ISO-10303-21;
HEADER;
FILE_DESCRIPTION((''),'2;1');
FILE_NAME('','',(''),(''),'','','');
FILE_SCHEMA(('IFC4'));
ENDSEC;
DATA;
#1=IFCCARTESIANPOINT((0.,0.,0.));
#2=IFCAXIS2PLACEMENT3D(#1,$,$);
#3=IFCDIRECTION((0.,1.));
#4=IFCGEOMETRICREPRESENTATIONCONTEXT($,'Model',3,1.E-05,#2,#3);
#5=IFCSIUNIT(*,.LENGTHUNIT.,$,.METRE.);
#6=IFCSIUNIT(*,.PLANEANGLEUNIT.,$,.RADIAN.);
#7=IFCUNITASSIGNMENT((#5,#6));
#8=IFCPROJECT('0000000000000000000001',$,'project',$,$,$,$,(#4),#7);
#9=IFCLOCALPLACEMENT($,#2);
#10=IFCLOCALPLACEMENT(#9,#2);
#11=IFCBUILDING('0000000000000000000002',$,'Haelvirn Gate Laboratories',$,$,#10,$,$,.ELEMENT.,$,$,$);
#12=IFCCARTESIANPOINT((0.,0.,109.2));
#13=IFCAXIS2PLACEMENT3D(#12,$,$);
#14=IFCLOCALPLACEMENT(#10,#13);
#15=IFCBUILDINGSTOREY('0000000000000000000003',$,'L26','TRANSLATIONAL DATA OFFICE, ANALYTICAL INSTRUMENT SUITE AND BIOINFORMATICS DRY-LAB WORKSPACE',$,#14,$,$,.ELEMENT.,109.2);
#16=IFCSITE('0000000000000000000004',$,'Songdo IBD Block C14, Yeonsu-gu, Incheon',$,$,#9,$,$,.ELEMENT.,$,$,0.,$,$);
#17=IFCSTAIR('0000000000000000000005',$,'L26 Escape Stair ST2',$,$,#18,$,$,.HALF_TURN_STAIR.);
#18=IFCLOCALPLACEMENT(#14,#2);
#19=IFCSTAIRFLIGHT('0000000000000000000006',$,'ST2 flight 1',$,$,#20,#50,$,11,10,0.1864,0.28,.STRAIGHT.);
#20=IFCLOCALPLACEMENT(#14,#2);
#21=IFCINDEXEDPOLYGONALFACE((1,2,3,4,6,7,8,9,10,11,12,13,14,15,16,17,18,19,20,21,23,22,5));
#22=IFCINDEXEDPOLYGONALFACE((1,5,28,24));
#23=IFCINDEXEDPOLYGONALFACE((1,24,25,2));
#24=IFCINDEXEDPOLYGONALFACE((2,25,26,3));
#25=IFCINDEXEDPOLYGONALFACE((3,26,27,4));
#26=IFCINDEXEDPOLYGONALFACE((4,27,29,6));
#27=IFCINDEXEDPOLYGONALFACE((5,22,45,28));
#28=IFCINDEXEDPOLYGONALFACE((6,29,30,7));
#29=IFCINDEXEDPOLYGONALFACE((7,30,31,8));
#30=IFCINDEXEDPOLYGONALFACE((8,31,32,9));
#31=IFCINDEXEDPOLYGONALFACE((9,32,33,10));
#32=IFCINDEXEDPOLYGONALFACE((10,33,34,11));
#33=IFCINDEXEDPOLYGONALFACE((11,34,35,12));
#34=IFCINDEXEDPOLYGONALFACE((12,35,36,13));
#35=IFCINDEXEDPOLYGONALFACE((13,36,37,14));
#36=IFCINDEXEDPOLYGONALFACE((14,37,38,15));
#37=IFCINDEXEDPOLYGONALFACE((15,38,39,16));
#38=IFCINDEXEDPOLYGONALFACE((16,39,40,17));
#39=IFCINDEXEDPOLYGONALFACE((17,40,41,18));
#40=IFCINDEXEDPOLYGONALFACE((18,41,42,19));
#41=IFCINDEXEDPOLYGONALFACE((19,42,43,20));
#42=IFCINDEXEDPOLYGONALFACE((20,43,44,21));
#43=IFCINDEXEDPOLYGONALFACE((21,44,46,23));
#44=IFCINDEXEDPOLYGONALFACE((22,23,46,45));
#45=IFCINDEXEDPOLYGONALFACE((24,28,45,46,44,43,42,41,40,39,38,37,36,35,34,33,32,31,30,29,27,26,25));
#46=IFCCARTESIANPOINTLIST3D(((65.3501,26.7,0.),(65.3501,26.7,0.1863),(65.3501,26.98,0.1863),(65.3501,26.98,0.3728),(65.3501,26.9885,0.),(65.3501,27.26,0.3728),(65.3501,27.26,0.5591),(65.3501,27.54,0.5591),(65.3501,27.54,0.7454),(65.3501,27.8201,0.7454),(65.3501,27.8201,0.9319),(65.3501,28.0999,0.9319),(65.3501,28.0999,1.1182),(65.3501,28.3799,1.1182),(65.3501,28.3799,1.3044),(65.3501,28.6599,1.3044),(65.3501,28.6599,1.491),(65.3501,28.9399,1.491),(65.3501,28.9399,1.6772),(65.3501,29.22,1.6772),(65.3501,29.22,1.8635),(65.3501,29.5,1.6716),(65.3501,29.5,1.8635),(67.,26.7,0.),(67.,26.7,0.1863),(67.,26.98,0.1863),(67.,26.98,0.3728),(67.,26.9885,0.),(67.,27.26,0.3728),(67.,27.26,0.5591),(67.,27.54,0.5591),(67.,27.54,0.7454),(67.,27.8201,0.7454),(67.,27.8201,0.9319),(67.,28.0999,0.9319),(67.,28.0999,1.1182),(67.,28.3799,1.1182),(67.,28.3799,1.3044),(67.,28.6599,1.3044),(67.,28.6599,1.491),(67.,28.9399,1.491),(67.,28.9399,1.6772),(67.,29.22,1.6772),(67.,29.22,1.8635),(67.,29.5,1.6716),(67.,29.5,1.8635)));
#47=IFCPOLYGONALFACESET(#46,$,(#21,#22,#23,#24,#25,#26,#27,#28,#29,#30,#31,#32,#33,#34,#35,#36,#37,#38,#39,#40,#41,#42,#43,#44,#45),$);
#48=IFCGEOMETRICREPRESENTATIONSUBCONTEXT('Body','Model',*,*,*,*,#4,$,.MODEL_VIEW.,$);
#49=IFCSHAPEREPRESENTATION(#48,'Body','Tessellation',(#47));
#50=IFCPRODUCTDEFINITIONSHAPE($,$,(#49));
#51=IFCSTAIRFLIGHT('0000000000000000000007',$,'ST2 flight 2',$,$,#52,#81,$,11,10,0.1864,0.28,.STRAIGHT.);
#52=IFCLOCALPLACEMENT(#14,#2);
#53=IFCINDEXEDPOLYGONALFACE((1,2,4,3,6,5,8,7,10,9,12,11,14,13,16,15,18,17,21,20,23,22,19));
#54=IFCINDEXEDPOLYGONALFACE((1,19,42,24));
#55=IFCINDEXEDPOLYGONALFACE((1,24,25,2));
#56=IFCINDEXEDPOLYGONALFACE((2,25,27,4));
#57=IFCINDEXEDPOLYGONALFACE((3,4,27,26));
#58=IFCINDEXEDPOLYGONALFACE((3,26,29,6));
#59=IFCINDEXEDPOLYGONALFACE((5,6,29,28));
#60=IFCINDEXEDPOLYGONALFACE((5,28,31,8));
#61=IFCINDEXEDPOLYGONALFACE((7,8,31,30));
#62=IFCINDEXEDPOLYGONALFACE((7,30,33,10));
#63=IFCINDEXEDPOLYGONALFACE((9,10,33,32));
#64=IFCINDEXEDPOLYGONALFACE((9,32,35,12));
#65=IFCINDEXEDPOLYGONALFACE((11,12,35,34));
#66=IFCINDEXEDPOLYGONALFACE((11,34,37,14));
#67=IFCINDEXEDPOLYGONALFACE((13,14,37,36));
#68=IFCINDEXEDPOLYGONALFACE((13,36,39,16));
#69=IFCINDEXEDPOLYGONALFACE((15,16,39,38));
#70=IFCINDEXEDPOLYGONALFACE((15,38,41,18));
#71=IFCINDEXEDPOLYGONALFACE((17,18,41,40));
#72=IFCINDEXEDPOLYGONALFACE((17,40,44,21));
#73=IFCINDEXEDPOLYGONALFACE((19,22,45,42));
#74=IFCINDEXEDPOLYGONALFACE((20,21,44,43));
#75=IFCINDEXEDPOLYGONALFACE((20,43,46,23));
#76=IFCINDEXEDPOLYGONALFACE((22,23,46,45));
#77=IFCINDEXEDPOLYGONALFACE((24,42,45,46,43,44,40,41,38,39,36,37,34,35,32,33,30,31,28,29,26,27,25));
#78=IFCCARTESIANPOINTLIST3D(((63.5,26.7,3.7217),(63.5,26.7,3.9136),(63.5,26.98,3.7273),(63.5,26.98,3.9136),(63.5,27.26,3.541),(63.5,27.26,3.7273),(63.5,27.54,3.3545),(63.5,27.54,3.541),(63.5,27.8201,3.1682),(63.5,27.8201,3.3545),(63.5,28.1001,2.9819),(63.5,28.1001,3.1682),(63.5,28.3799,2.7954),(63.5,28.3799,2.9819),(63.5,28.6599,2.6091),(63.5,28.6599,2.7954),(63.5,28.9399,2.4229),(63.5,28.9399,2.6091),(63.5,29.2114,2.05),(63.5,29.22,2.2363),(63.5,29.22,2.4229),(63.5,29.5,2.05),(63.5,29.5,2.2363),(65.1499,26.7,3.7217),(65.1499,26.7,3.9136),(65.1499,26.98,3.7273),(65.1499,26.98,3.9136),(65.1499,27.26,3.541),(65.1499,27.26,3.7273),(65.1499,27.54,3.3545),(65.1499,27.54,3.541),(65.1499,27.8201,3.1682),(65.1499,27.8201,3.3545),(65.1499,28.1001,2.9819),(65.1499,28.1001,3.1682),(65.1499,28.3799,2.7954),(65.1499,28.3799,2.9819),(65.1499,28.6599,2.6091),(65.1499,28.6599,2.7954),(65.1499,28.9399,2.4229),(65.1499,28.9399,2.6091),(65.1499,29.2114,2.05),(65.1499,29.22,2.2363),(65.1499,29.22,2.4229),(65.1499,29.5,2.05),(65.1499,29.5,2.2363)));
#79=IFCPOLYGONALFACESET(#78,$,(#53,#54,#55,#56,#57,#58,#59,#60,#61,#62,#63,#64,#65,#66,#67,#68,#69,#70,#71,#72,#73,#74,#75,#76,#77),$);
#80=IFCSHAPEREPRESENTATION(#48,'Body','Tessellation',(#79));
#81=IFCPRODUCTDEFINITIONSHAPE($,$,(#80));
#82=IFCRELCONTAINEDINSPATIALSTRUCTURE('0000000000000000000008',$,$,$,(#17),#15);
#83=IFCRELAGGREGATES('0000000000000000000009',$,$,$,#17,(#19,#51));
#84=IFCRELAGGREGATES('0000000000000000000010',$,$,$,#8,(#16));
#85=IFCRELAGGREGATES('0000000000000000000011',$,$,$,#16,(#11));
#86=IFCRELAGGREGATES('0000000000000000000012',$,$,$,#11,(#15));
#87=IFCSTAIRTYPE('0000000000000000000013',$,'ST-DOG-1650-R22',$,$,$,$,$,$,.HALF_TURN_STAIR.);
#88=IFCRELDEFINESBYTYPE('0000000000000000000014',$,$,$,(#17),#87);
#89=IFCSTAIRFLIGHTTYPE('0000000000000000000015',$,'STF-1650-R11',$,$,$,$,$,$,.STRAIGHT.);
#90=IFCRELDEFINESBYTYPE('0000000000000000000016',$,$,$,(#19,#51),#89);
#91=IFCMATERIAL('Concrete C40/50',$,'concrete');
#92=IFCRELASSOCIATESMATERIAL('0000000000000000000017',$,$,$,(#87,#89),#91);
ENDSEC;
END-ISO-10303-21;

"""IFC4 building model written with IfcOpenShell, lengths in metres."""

from ifc_helpers import new_model, si_unit, direction, frame, origin, place, context, subcontext, project, spatial, polyline, outline, extrude, source, transform, mapped, material, type_object, type_shapes, element, aggregate, save


model = new_model("IFC4")

# Units and contexts
model_context = context("Model", 3, precision=1e-05, world=origin(), true_north=direction((0.0, 1.0)))
body_context = subcontext(model_context, "Body", "Model", "MODEL_VIEW")
ifc_project = project(units=[si_unit("LENGTHUNIT", "METRE"), si_unit("PLANEANGLEUNIT", "RADIAN")], contexts=[model_context])

# Site, building, storey
site_placement = place(None, origin())
site = spatial("IfcSite", under=ifc_project, at=site_placement, Name="Songdo IBD Block C14, Yeonsu-gu, Incheon", CompositionType="ELEMENT", RefElevation=0.0)
building_placement = place(site_placement, origin())
building = spatial("IfcBuilding", under=site, at=building_placement, Name="Haelvirn Gate Laboratories", CompositionType="ELEMENT")
storey_placement = place(building_placement, frame((0.0, 0.0, 109.2)))
storey = spatial("IfcBuildingStorey", under=building, at=storey_placement, Name="L26", Description="TRANSLATIONAL DATA OFFICE, ANALYTICAL INSTRUMENT SUITE AND BIOINFORMATICS DRY-LAB WORKSPACE", CompositionType="ELEMENT", Elevation=109.2)

# Stair, stair flights
ifc_material_1 = material(Name="Concrete C40/50", Category="concrete")
stair_type = type_object("IfcStairType", Name="ST-DOG-1650-R22", PredefinedType="HALF_TURN_STAIR", material=ifc_material_1)
stair_placement = place(storey_placement, origin())
stair = element("IfcStair", 1, at=stair_placement, inside=storey, type_object=stair_type, Name="L26 Escape Stair ST2", PredefinedType="HALF_TURN_STAIR")
stair_flight_type = type_object("IfcStairFlightType", Name="STF-1650-R11", PredefinedType="STRAIGHT", material=ifc_material_1)
shared_shape_1 = source(origin(), body_context, "Body", "SweptSolid", [
    extrude(outline(polyline([(0.0, 0.0), (0.0, 0.1863), (0.28, 0.1863), (0.28, 0.3728), (0.5601, 0.3728), (0.5601, 0.5591), (0.8401, 0.5591), (0.8401, 0.7454), (1.1201, 0.7454), (1.1201, 0.9319), (1.3999, 0.9319), (1.3999, 1.1182), (1.6799, 1.1182), (1.6799, 1.3044), (1.96, 1.3044), (1.96, 1.491), (2.24, 1.491), (2.24, 1.6772), (2.52, 1.6772), (2.52, 1.8635), (2.8, 1.8635), (2.8, 2.05), (2.8, 1.6716), (0.2886, 0.0), (0.0, 0.0)])), frame((0.0, 0.825, 0.0), z_axis=(0.0, -1.0, 0.0), x_axis=(1.0, 0.0, 0.0)), (0.0, 0.0, 1.0), 1.6499),
])
type_shapes(stair_flight_type, [shared_shape_1])
stair_flight_1_placement = place(storey_placement, frame((66.175, 26.7, 0.0), z_axis=(0.0, 0.0, 1.0), x_axis=(0.0, 1.0, 0.0)))
stair_flight_1 = element("IfcStairFlight", 2, at=stair_flight_1_placement, type_object=stair_flight_type, Name="ST2 flight 1", NumberOfRisers=11, NumberOfTreads=10, PredefinedType="STRAIGHT", RiserHeight=0.1864, TreadLength=0.28, context=body_context, shape_type="MappedRepresentation", body=[
    mapped(shared_shape_1, transform((0.0, 0.0, 0.0), scale=1.0)),
])
stair_flight_2_placement = place(storey_placement, frame((64.325, 29.5, 2.05), z_axis=(0.0, 0.0, 1.0), x_axis=(0.0, -1.0, 0.0)))
stair_flight_2 = element("IfcStairFlight", 3, at=stair_flight_2_placement, type_object=stair_flight_type, Name="ST2 flight 2", NumberOfRisers=11, NumberOfTreads=10, PredefinedType="STRAIGHT", RiserHeight=0.1864, TreadLength=0.28, context=body_context, shape_type="MappedRepresentation", body=[
    mapped(shared_shape_1, transform((0.0, 0.0, 0.0), scale=1.0)),
])
aggregate(stair, [stair_flight_1, stair_flight_2])

save(model, "model.ifc")
